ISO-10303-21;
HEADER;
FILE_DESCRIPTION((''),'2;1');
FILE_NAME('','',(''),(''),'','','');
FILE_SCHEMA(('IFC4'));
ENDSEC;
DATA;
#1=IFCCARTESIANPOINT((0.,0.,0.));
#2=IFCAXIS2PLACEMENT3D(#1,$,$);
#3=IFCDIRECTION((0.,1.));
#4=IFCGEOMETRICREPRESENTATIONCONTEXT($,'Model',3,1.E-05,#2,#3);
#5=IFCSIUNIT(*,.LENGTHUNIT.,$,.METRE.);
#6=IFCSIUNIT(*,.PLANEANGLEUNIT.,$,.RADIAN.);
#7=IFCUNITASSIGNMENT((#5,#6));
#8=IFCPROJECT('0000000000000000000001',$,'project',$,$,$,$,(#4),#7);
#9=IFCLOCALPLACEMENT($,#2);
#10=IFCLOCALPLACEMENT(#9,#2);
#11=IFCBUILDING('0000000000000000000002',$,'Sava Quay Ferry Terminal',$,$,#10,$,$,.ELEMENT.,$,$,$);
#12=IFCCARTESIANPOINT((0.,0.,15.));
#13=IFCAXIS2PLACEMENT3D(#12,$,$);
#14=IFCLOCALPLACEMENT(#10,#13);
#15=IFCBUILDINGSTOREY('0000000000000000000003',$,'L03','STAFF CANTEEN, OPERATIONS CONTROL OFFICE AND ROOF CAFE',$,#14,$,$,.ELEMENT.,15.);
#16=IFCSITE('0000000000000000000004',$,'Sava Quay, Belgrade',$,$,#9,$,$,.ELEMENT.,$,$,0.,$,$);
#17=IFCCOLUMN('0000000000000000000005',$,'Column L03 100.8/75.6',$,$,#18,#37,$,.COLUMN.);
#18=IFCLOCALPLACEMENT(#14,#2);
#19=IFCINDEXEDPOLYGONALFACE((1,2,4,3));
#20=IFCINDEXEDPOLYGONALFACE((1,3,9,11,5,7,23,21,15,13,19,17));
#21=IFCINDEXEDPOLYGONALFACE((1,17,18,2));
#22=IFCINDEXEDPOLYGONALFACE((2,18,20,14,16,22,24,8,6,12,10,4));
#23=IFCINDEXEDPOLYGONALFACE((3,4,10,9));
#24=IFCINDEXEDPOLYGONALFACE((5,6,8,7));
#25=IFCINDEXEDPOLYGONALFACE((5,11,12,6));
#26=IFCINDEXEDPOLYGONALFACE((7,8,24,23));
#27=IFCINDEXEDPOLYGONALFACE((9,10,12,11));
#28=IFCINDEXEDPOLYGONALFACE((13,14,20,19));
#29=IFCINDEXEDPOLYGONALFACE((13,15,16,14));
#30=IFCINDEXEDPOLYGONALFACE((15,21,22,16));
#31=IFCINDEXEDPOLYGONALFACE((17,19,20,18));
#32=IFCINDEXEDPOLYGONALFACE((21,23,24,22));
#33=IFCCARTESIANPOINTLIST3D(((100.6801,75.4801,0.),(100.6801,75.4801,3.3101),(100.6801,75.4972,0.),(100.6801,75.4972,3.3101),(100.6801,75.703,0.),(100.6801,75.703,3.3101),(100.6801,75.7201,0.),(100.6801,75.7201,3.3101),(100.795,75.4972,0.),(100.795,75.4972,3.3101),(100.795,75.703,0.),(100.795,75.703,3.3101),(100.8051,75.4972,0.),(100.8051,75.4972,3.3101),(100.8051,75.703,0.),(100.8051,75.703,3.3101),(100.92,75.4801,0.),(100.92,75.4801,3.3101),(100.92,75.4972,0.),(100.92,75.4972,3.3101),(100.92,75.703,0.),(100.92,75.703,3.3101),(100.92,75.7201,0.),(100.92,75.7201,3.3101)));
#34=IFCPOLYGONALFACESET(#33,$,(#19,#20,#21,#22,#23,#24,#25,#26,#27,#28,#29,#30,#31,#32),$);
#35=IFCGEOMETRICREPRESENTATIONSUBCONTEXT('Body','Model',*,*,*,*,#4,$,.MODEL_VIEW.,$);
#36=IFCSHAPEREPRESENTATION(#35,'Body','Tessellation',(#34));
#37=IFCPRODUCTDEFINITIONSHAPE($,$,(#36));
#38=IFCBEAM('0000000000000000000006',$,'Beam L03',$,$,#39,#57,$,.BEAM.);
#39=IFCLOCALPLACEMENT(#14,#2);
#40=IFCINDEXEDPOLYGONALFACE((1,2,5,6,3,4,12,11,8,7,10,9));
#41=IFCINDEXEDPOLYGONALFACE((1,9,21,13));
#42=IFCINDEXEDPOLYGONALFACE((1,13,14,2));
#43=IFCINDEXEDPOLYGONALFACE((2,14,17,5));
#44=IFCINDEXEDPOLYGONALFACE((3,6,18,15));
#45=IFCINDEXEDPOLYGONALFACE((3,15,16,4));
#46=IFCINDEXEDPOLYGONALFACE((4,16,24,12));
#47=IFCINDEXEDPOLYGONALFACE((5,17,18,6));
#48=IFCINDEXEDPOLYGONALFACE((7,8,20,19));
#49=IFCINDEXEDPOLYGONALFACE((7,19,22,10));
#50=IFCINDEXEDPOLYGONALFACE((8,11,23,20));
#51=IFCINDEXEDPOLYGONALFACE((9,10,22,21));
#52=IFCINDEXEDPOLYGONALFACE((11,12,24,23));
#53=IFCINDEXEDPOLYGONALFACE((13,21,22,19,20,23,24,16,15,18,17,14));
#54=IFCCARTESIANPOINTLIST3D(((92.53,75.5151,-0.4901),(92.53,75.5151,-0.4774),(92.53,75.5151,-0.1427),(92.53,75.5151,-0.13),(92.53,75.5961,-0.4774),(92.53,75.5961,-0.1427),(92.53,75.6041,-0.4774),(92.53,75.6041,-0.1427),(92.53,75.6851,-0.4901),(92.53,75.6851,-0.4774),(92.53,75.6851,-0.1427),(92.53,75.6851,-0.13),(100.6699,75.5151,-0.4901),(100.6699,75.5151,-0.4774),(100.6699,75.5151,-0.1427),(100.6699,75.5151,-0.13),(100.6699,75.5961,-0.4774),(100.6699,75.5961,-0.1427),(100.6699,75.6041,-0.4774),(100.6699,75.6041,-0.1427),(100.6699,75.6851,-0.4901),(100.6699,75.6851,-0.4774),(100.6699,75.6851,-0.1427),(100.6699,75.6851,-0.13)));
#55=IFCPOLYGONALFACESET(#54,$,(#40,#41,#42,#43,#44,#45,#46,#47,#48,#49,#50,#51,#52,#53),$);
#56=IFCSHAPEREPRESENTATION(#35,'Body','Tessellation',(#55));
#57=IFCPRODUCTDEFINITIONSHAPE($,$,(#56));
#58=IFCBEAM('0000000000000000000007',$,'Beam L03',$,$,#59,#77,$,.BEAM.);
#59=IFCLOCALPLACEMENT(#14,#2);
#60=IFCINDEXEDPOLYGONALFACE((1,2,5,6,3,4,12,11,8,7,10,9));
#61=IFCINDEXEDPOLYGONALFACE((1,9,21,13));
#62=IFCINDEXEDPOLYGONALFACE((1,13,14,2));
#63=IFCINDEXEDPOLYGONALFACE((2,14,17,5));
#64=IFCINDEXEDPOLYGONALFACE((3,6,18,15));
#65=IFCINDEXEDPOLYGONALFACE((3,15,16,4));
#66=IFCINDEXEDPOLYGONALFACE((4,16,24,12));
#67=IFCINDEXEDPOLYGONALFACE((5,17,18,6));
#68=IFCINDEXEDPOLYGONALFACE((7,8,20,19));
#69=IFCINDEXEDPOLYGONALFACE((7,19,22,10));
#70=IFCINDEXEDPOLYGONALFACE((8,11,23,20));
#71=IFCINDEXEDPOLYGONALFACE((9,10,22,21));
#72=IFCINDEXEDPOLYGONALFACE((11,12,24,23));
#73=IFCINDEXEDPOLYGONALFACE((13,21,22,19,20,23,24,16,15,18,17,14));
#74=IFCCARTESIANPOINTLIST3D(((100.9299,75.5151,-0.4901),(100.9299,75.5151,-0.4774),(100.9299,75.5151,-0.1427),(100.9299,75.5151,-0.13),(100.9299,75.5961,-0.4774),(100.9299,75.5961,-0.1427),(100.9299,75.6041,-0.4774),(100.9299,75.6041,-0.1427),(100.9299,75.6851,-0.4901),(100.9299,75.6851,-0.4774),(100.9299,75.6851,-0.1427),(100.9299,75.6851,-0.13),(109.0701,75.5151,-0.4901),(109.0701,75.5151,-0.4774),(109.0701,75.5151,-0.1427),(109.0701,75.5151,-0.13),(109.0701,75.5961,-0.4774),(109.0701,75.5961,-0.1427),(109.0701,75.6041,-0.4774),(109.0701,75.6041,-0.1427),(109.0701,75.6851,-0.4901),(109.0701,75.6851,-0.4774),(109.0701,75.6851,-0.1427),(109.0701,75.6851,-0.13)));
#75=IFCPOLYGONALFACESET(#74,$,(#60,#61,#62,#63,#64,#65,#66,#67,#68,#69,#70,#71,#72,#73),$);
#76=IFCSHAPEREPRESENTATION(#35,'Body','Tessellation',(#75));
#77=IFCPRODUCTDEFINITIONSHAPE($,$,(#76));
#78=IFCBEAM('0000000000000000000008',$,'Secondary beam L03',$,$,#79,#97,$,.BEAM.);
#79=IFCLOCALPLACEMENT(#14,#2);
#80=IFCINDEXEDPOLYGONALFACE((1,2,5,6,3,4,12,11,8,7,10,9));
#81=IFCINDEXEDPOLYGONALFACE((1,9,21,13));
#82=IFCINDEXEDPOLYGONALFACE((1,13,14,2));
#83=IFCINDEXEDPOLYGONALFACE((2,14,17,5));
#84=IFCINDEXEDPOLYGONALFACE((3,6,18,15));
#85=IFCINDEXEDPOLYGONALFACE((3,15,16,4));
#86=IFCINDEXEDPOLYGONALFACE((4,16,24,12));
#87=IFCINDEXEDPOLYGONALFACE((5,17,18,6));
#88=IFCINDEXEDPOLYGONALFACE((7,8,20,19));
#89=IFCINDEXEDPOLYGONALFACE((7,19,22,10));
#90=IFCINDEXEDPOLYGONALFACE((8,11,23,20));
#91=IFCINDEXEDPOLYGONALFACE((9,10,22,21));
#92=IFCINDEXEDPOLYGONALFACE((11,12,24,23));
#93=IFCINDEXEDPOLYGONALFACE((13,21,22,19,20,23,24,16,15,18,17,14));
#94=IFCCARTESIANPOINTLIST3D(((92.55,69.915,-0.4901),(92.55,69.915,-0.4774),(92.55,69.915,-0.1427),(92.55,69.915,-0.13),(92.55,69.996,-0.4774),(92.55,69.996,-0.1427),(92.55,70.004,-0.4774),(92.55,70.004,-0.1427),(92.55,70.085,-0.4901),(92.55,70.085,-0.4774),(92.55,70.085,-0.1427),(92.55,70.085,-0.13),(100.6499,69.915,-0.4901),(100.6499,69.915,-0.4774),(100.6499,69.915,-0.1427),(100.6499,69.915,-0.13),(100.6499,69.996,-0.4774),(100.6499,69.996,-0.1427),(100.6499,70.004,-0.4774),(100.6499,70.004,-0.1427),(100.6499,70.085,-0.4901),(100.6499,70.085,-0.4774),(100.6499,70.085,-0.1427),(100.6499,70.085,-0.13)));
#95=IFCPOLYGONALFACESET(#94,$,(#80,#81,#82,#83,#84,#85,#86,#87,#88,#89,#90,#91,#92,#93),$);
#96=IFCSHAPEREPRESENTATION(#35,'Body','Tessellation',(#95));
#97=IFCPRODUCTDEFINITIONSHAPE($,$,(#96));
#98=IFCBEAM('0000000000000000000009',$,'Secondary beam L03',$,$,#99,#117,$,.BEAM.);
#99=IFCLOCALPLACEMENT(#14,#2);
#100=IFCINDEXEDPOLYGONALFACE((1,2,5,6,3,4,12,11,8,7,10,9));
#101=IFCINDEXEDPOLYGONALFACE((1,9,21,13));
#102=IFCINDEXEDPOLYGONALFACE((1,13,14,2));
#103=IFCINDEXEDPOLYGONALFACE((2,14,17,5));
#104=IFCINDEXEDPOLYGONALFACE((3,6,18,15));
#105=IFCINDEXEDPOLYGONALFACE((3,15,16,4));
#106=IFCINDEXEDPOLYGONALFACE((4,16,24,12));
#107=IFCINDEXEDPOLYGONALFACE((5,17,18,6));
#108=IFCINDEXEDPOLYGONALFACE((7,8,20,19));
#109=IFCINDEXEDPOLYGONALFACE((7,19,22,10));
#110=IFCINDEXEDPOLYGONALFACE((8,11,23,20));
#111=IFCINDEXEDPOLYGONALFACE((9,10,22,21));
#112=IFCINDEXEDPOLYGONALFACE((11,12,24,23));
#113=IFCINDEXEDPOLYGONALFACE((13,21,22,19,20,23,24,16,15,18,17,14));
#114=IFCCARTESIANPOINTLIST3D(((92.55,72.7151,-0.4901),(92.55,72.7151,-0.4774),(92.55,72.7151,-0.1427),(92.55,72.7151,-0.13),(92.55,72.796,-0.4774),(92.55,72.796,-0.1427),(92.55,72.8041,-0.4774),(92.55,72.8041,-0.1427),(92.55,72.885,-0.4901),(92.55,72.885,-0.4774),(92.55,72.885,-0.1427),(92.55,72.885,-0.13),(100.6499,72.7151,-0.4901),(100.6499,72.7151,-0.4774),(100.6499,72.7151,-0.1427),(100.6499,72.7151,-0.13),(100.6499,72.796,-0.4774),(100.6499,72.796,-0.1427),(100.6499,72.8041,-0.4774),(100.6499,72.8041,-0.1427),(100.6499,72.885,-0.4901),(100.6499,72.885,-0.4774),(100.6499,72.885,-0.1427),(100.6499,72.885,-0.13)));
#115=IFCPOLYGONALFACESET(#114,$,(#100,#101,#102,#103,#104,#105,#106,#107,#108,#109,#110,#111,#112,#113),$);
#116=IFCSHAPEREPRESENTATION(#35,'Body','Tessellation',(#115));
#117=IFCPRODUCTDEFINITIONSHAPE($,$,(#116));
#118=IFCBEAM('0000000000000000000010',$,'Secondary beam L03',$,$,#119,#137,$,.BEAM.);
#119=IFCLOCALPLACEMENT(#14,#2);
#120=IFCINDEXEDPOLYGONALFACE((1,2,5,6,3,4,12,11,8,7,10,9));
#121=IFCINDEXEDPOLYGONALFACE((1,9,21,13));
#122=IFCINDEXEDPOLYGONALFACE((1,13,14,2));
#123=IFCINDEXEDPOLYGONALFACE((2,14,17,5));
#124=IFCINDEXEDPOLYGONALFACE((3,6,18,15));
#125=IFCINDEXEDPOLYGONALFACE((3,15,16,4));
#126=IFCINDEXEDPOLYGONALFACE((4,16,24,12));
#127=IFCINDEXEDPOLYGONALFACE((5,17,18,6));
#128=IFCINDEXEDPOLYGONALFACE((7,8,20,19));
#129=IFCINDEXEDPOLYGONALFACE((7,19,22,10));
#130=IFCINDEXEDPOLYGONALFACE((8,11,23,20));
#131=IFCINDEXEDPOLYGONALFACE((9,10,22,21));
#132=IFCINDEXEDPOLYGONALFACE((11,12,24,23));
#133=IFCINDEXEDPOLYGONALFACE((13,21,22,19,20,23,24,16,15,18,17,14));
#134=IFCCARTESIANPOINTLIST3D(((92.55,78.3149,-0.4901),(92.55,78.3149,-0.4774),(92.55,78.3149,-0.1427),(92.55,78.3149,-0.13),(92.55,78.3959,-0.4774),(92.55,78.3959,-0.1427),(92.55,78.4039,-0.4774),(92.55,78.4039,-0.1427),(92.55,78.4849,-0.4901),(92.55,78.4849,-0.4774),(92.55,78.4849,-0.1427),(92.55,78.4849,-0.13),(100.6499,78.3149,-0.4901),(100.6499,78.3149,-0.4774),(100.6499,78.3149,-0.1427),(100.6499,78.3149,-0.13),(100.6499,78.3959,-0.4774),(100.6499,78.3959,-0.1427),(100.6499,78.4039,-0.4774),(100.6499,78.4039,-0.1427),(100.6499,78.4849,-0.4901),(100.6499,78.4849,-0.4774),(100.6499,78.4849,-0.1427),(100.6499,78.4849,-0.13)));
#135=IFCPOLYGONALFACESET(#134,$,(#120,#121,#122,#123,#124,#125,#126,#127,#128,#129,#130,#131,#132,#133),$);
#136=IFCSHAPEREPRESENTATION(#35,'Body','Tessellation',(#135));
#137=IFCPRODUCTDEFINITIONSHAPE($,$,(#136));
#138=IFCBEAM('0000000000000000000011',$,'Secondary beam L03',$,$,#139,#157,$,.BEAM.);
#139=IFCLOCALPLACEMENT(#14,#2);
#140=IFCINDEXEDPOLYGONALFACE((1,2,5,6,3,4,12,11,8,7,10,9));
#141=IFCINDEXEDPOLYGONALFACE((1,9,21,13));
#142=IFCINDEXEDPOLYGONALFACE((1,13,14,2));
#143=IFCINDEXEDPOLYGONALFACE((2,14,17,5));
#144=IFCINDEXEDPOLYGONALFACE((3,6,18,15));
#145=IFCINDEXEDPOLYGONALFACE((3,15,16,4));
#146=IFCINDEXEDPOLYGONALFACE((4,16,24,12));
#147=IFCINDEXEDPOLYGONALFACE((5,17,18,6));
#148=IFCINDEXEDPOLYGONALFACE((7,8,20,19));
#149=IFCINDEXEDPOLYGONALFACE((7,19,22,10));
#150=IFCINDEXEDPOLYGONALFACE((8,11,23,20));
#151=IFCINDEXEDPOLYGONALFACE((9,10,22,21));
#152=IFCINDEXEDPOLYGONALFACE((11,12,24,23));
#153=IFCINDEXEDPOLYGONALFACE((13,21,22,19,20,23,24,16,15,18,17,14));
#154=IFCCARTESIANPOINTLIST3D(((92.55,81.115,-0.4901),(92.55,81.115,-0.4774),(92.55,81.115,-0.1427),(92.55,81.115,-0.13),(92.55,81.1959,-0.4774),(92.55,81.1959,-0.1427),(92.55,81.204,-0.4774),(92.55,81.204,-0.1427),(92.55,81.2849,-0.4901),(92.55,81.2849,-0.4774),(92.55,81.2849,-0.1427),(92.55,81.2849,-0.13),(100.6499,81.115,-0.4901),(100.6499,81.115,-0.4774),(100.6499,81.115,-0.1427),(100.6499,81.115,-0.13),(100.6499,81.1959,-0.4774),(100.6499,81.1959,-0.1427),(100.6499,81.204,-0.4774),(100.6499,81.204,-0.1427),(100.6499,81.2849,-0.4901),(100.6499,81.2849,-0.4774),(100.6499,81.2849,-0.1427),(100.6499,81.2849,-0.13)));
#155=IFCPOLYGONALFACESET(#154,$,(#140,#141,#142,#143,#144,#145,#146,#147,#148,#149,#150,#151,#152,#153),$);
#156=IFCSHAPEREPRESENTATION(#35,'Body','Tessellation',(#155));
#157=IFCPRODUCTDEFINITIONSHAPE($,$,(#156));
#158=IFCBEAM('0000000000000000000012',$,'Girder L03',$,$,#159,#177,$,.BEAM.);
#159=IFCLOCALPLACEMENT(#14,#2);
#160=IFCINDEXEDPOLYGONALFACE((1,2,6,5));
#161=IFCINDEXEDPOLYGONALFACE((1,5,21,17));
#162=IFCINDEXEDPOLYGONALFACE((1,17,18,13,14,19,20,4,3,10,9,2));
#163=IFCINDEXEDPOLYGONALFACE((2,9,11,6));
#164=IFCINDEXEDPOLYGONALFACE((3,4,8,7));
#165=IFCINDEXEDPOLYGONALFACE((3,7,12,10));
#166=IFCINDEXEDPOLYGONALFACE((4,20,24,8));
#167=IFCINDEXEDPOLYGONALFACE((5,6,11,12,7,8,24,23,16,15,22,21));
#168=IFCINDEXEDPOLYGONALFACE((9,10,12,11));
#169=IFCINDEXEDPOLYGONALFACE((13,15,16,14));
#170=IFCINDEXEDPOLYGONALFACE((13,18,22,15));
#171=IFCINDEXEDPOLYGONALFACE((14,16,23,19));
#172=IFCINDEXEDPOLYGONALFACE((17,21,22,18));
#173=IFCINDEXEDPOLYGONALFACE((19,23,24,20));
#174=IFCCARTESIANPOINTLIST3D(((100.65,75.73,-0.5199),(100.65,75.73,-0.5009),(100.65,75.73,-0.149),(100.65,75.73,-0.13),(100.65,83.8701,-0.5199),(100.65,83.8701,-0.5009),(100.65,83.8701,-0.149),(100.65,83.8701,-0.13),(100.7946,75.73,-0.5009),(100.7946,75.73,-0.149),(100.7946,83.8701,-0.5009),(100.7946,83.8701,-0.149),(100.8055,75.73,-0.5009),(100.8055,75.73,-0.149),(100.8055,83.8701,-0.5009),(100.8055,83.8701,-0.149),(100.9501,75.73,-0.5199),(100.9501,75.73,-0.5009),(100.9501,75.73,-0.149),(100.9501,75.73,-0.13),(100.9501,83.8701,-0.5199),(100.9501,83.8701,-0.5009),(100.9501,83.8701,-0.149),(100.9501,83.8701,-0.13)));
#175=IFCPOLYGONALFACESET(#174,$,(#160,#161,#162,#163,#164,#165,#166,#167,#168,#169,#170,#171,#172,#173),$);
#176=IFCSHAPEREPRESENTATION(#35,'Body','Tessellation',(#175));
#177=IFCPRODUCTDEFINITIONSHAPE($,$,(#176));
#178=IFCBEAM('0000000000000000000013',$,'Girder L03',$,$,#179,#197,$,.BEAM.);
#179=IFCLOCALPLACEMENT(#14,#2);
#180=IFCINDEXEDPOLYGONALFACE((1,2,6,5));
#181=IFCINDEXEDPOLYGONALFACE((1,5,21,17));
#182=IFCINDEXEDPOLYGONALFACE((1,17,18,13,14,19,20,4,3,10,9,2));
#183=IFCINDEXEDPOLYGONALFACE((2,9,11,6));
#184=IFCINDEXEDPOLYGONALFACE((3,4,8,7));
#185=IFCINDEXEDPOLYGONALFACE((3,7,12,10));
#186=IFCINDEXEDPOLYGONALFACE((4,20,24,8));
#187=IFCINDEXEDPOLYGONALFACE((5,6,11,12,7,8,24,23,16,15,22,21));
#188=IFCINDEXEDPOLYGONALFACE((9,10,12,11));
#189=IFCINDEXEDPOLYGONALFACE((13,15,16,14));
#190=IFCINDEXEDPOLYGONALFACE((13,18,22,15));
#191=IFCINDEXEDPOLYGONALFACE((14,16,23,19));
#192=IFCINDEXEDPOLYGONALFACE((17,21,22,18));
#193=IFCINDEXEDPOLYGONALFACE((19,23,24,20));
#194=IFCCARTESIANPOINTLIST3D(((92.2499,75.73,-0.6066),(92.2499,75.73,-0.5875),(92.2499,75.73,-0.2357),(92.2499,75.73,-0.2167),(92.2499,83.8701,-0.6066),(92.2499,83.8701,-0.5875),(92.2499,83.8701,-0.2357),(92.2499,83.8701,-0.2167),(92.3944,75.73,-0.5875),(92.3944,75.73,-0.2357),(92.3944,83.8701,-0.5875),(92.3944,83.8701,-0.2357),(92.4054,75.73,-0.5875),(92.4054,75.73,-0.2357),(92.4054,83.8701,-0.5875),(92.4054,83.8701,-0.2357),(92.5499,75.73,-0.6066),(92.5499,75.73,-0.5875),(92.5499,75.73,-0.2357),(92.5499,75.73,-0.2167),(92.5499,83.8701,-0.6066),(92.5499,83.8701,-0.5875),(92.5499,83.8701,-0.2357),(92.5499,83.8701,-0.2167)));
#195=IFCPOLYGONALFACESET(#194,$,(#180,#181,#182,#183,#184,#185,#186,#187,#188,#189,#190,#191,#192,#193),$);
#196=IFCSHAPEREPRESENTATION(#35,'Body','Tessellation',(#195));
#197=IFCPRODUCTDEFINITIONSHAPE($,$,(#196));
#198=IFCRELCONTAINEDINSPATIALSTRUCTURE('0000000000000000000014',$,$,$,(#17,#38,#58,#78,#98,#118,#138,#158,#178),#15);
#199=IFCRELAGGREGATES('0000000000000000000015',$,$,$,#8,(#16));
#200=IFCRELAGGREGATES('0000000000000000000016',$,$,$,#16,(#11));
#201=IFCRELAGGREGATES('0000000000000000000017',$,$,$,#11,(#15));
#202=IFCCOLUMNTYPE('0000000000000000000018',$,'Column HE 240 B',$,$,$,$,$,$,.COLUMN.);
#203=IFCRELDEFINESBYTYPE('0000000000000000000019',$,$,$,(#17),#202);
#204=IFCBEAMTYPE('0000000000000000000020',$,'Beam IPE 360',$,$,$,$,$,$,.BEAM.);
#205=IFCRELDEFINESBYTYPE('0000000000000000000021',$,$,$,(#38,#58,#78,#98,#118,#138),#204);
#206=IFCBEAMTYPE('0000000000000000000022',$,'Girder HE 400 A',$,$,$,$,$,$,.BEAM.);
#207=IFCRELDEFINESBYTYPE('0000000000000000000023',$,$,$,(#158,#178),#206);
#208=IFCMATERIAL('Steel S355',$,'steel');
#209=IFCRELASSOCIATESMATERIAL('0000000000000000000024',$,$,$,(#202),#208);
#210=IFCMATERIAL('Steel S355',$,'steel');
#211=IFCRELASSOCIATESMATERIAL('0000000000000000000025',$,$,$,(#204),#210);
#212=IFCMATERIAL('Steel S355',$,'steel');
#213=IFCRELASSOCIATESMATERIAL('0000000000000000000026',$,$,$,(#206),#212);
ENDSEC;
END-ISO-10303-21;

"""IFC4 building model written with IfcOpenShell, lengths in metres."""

from ifc_helpers import new_model, si_unit, direction, frame, origin, origin_2d, place, context, subcontext, project, spatial, i_section, extrude, material, material_profile, profile_set, type_object, element, save


model = new_model("IFC4")

# Units and contexts
model_context = context("Model", 3, precision=1e-05, world=origin(), true_north=direction((0.0, 1.0)))
body_context = subcontext(model_context, "Body", "Model", "MODEL_VIEW")
ifc_project = project(units=[si_unit("LENGTHUNIT", "METRE"), si_unit("PLANEANGLEUNIT", "RADIAN")], contexts=[model_context])

# Site, building, storey
site_placement = place(None, origin())
site = spatial("IfcSite", under=ifc_project, at=site_placement, Name="Sava Quay, Belgrade", CompositionType="ELEMENT", RefElevation=0.0)
building_placement = place(site_placement, origin())
building = spatial("IfcBuilding", under=site, at=building_placement, Name="Sava Quay Ferry Terminal", CompositionType="ELEMENT")
storey_placement = place(building_placement, frame((0.0, 0.0, 15.0)))
storey = spatial("IfcBuildingStorey", under=building, at=storey_placement, Name="L03", Description="STAFF CANTEEN, OPERATIONS CONTROL OFFICE AND ROOF CAFE", CompositionType="ELEMENT", Elevation=15.0)

# Column
ifc_material_1 = material(Name="Steel S355", Category="steel")
ifc_material_profile_1 = material_profile(ifc_material_1, i_section(OverallWidth=0.24, OverallDepth=0.24, WebThickness=0.01, FlangeThickness=0.0171, at=origin_2d()), Name="HE 240 B")
ifc_profile_set_1 = profile_set([ifc_material_profile_1], Name="Steel S355")
column_type = type_object("IfcColumnType", Name="Column HE 240 B", PredefinedType="COLUMN", material=ifc_profile_set_1)
column_placement = place(storey_placement, frame((100.8, 75.6001, 0.0), z_axis=(0.0, 0.0, 1.0), x_axis=(1.0, 0.0, 0.0)))
element("IfcColumn", 1, at=column_placement, inside=storey, type_object=column_type, Name="Column L03 100.8/75.6", PredefinedType="COLUMN", context=body_context, shape_type="SweptSolid", body=[
    extrude(i_section(OverallWidth=0.24, OverallDepth=0.24, WebThickness=0.01, FlangeThickness=0.0171, at=origin_2d()), origin(), (0.0, 0.0, 1.0), 3.3101),
])

# Beams
ifc_material_2 = material(Name="Steel S355", Category="steel")
ifc_material_profile_2 = material_profile(ifc_material_2, i_section(OverallWidth=0.1699, OverallDepth=0.3601, WebThickness=0.0081, FlangeThickness=0.0127, at=origin_2d()), Name="IPE 360")
ifc_profile_set_2 = profile_set([ifc_material_profile_2], Name="Steel S355")
beam_type_1 = type_object("IfcBeamType", Name="Beam IPE 360", PredefinedType="BEAM", material=ifc_profile_set_2)
beam_1_placement = place(storey_placement, frame((92.53, 75.6001, -0.3101), z_axis=(1.0, 0.0, 0.0), x_axis=(0.0, 1.0, 0.0)))
element("IfcBeam", 2, at=beam_1_placement, inside=storey, type_object=beam_type_1, Name="Beam L03", PredefinedType="BEAM", context=body_context, shape_type="SweptSolid", body=[
    extrude(i_section(OverallWidth=0.1699, OverallDepth=0.3601, WebThickness=0.0081, FlangeThickness=0.0127, at=origin_2d()), origin(), (0.0, 0.0, 1.0), 8.1399),
])
beam_2_placement = place(storey_placement, frame((100.9299, 75.6001, -0.3101), z_axis=(1.0, 0.0, 0.0), x_axis=(0.0, 1.0, 0.0)))
element("IfcBeam", 3, at=beam_2_placement, inside=storey, type_object=beam_type_1, Name="Beam L03", PredefinedType="BEAM", context=body_context, shape_type="SweptSolid", body=[
    extrude(i_section(OverallWidth=0.1699, OverallDepth=0.3601, WebThickness=0.0081, FlangeThickness=0.0127, at=origin_2d()), origin(), (0.0, 0.0, 1.0), 8.1401),
])
for number, where, z_axis, x_axis, name in (
    (4, (92.55, 70.0, -0.3101), (1.0, 0.0, 0.0), (0.0, 1.0, 0.0), "Secondary beam L03"),
    (5, (92.55, 72.8, -0.3101), (1.0, 0.0, 0.0), (0.0, 1.0, 0.0), "Secondary beam L03"),
    (6, (92.55, 78.3999, -0.3101), (1.0, 0.0, 0.0), (0.0, 1.0, 0.0), "Secondary beam L03"),
    (7, (92.55, 81.2, -0.3101), (1.0, 0.0, 0.0), (0.0, 1.0, 0.0), "Secondary beam L03"),
):
    element("IfcBeam", number, at=place(storey_placement, frame(where, z_axis=z_axis, x_axis=x_axis)), inside=storey, type_object=beam_type_1, Name=name, PredefinedType="BEAM", context=body_context, shape_type="SweptSolid", body=[
        extrude(i_section(OverallWidth=0.1699, OverallDepth=0.3601, WebThickness=0.0081, FlangeThickness=0.0127, at=origin_2d()), origin(), (0.0, 0.0, 1.0), 8.0999),
    ])
ifc_material_3 = material(Name="Steel S355", Category="steel")
ifc_material_profile_3 = material_profile(ifc_material_3, i_section(OverallWidth=0.3, OverallDepth=0.3899, WebThickness=0.011, FlangeThickness=0.019, at=origin_2d()), Name="HE 400 A")
ifc_profile_set_3 = profile_set([ifc_material_profile_3], Name="Steel S355")
beam_type_2 = type_object("IfcBeamType", Name="Girder HE 400 A", PredefinedType="BEAM", material=ifc_profile_set_3)
for number, where, z_axis, x_axis, name in (
    (8, (100.8, 75.73, -0.325), (0.0, 1.0, 0.0), (-1.0, 0.0, 0.0), "Girder L03"),
    (9, (92.3999, 75.73, -0.4116), (0.0, 1.0, 0.0), (-1.0, 0.0, 0.0), "Girder L03"),
):
    element("IfcBeam", number, at=place(storey_placement, frame(where, z_axis=z_axis, x_axis=x_axis)), inside=storey, type_object=beam_type_2, Name=name, PredefinedType="BEAM", context=body_context, shape_type="SweptSolid", body=[
        extrude(i_section(OverallWidth=0.3, OverallDepth=0.3899, WebThickness=0.011, FlangeThickness=0.019, at=origin_2d()), origin(), (0.0, 0.0, 1.0), 8.1401),
    ])

save(model, "model.ifc")
